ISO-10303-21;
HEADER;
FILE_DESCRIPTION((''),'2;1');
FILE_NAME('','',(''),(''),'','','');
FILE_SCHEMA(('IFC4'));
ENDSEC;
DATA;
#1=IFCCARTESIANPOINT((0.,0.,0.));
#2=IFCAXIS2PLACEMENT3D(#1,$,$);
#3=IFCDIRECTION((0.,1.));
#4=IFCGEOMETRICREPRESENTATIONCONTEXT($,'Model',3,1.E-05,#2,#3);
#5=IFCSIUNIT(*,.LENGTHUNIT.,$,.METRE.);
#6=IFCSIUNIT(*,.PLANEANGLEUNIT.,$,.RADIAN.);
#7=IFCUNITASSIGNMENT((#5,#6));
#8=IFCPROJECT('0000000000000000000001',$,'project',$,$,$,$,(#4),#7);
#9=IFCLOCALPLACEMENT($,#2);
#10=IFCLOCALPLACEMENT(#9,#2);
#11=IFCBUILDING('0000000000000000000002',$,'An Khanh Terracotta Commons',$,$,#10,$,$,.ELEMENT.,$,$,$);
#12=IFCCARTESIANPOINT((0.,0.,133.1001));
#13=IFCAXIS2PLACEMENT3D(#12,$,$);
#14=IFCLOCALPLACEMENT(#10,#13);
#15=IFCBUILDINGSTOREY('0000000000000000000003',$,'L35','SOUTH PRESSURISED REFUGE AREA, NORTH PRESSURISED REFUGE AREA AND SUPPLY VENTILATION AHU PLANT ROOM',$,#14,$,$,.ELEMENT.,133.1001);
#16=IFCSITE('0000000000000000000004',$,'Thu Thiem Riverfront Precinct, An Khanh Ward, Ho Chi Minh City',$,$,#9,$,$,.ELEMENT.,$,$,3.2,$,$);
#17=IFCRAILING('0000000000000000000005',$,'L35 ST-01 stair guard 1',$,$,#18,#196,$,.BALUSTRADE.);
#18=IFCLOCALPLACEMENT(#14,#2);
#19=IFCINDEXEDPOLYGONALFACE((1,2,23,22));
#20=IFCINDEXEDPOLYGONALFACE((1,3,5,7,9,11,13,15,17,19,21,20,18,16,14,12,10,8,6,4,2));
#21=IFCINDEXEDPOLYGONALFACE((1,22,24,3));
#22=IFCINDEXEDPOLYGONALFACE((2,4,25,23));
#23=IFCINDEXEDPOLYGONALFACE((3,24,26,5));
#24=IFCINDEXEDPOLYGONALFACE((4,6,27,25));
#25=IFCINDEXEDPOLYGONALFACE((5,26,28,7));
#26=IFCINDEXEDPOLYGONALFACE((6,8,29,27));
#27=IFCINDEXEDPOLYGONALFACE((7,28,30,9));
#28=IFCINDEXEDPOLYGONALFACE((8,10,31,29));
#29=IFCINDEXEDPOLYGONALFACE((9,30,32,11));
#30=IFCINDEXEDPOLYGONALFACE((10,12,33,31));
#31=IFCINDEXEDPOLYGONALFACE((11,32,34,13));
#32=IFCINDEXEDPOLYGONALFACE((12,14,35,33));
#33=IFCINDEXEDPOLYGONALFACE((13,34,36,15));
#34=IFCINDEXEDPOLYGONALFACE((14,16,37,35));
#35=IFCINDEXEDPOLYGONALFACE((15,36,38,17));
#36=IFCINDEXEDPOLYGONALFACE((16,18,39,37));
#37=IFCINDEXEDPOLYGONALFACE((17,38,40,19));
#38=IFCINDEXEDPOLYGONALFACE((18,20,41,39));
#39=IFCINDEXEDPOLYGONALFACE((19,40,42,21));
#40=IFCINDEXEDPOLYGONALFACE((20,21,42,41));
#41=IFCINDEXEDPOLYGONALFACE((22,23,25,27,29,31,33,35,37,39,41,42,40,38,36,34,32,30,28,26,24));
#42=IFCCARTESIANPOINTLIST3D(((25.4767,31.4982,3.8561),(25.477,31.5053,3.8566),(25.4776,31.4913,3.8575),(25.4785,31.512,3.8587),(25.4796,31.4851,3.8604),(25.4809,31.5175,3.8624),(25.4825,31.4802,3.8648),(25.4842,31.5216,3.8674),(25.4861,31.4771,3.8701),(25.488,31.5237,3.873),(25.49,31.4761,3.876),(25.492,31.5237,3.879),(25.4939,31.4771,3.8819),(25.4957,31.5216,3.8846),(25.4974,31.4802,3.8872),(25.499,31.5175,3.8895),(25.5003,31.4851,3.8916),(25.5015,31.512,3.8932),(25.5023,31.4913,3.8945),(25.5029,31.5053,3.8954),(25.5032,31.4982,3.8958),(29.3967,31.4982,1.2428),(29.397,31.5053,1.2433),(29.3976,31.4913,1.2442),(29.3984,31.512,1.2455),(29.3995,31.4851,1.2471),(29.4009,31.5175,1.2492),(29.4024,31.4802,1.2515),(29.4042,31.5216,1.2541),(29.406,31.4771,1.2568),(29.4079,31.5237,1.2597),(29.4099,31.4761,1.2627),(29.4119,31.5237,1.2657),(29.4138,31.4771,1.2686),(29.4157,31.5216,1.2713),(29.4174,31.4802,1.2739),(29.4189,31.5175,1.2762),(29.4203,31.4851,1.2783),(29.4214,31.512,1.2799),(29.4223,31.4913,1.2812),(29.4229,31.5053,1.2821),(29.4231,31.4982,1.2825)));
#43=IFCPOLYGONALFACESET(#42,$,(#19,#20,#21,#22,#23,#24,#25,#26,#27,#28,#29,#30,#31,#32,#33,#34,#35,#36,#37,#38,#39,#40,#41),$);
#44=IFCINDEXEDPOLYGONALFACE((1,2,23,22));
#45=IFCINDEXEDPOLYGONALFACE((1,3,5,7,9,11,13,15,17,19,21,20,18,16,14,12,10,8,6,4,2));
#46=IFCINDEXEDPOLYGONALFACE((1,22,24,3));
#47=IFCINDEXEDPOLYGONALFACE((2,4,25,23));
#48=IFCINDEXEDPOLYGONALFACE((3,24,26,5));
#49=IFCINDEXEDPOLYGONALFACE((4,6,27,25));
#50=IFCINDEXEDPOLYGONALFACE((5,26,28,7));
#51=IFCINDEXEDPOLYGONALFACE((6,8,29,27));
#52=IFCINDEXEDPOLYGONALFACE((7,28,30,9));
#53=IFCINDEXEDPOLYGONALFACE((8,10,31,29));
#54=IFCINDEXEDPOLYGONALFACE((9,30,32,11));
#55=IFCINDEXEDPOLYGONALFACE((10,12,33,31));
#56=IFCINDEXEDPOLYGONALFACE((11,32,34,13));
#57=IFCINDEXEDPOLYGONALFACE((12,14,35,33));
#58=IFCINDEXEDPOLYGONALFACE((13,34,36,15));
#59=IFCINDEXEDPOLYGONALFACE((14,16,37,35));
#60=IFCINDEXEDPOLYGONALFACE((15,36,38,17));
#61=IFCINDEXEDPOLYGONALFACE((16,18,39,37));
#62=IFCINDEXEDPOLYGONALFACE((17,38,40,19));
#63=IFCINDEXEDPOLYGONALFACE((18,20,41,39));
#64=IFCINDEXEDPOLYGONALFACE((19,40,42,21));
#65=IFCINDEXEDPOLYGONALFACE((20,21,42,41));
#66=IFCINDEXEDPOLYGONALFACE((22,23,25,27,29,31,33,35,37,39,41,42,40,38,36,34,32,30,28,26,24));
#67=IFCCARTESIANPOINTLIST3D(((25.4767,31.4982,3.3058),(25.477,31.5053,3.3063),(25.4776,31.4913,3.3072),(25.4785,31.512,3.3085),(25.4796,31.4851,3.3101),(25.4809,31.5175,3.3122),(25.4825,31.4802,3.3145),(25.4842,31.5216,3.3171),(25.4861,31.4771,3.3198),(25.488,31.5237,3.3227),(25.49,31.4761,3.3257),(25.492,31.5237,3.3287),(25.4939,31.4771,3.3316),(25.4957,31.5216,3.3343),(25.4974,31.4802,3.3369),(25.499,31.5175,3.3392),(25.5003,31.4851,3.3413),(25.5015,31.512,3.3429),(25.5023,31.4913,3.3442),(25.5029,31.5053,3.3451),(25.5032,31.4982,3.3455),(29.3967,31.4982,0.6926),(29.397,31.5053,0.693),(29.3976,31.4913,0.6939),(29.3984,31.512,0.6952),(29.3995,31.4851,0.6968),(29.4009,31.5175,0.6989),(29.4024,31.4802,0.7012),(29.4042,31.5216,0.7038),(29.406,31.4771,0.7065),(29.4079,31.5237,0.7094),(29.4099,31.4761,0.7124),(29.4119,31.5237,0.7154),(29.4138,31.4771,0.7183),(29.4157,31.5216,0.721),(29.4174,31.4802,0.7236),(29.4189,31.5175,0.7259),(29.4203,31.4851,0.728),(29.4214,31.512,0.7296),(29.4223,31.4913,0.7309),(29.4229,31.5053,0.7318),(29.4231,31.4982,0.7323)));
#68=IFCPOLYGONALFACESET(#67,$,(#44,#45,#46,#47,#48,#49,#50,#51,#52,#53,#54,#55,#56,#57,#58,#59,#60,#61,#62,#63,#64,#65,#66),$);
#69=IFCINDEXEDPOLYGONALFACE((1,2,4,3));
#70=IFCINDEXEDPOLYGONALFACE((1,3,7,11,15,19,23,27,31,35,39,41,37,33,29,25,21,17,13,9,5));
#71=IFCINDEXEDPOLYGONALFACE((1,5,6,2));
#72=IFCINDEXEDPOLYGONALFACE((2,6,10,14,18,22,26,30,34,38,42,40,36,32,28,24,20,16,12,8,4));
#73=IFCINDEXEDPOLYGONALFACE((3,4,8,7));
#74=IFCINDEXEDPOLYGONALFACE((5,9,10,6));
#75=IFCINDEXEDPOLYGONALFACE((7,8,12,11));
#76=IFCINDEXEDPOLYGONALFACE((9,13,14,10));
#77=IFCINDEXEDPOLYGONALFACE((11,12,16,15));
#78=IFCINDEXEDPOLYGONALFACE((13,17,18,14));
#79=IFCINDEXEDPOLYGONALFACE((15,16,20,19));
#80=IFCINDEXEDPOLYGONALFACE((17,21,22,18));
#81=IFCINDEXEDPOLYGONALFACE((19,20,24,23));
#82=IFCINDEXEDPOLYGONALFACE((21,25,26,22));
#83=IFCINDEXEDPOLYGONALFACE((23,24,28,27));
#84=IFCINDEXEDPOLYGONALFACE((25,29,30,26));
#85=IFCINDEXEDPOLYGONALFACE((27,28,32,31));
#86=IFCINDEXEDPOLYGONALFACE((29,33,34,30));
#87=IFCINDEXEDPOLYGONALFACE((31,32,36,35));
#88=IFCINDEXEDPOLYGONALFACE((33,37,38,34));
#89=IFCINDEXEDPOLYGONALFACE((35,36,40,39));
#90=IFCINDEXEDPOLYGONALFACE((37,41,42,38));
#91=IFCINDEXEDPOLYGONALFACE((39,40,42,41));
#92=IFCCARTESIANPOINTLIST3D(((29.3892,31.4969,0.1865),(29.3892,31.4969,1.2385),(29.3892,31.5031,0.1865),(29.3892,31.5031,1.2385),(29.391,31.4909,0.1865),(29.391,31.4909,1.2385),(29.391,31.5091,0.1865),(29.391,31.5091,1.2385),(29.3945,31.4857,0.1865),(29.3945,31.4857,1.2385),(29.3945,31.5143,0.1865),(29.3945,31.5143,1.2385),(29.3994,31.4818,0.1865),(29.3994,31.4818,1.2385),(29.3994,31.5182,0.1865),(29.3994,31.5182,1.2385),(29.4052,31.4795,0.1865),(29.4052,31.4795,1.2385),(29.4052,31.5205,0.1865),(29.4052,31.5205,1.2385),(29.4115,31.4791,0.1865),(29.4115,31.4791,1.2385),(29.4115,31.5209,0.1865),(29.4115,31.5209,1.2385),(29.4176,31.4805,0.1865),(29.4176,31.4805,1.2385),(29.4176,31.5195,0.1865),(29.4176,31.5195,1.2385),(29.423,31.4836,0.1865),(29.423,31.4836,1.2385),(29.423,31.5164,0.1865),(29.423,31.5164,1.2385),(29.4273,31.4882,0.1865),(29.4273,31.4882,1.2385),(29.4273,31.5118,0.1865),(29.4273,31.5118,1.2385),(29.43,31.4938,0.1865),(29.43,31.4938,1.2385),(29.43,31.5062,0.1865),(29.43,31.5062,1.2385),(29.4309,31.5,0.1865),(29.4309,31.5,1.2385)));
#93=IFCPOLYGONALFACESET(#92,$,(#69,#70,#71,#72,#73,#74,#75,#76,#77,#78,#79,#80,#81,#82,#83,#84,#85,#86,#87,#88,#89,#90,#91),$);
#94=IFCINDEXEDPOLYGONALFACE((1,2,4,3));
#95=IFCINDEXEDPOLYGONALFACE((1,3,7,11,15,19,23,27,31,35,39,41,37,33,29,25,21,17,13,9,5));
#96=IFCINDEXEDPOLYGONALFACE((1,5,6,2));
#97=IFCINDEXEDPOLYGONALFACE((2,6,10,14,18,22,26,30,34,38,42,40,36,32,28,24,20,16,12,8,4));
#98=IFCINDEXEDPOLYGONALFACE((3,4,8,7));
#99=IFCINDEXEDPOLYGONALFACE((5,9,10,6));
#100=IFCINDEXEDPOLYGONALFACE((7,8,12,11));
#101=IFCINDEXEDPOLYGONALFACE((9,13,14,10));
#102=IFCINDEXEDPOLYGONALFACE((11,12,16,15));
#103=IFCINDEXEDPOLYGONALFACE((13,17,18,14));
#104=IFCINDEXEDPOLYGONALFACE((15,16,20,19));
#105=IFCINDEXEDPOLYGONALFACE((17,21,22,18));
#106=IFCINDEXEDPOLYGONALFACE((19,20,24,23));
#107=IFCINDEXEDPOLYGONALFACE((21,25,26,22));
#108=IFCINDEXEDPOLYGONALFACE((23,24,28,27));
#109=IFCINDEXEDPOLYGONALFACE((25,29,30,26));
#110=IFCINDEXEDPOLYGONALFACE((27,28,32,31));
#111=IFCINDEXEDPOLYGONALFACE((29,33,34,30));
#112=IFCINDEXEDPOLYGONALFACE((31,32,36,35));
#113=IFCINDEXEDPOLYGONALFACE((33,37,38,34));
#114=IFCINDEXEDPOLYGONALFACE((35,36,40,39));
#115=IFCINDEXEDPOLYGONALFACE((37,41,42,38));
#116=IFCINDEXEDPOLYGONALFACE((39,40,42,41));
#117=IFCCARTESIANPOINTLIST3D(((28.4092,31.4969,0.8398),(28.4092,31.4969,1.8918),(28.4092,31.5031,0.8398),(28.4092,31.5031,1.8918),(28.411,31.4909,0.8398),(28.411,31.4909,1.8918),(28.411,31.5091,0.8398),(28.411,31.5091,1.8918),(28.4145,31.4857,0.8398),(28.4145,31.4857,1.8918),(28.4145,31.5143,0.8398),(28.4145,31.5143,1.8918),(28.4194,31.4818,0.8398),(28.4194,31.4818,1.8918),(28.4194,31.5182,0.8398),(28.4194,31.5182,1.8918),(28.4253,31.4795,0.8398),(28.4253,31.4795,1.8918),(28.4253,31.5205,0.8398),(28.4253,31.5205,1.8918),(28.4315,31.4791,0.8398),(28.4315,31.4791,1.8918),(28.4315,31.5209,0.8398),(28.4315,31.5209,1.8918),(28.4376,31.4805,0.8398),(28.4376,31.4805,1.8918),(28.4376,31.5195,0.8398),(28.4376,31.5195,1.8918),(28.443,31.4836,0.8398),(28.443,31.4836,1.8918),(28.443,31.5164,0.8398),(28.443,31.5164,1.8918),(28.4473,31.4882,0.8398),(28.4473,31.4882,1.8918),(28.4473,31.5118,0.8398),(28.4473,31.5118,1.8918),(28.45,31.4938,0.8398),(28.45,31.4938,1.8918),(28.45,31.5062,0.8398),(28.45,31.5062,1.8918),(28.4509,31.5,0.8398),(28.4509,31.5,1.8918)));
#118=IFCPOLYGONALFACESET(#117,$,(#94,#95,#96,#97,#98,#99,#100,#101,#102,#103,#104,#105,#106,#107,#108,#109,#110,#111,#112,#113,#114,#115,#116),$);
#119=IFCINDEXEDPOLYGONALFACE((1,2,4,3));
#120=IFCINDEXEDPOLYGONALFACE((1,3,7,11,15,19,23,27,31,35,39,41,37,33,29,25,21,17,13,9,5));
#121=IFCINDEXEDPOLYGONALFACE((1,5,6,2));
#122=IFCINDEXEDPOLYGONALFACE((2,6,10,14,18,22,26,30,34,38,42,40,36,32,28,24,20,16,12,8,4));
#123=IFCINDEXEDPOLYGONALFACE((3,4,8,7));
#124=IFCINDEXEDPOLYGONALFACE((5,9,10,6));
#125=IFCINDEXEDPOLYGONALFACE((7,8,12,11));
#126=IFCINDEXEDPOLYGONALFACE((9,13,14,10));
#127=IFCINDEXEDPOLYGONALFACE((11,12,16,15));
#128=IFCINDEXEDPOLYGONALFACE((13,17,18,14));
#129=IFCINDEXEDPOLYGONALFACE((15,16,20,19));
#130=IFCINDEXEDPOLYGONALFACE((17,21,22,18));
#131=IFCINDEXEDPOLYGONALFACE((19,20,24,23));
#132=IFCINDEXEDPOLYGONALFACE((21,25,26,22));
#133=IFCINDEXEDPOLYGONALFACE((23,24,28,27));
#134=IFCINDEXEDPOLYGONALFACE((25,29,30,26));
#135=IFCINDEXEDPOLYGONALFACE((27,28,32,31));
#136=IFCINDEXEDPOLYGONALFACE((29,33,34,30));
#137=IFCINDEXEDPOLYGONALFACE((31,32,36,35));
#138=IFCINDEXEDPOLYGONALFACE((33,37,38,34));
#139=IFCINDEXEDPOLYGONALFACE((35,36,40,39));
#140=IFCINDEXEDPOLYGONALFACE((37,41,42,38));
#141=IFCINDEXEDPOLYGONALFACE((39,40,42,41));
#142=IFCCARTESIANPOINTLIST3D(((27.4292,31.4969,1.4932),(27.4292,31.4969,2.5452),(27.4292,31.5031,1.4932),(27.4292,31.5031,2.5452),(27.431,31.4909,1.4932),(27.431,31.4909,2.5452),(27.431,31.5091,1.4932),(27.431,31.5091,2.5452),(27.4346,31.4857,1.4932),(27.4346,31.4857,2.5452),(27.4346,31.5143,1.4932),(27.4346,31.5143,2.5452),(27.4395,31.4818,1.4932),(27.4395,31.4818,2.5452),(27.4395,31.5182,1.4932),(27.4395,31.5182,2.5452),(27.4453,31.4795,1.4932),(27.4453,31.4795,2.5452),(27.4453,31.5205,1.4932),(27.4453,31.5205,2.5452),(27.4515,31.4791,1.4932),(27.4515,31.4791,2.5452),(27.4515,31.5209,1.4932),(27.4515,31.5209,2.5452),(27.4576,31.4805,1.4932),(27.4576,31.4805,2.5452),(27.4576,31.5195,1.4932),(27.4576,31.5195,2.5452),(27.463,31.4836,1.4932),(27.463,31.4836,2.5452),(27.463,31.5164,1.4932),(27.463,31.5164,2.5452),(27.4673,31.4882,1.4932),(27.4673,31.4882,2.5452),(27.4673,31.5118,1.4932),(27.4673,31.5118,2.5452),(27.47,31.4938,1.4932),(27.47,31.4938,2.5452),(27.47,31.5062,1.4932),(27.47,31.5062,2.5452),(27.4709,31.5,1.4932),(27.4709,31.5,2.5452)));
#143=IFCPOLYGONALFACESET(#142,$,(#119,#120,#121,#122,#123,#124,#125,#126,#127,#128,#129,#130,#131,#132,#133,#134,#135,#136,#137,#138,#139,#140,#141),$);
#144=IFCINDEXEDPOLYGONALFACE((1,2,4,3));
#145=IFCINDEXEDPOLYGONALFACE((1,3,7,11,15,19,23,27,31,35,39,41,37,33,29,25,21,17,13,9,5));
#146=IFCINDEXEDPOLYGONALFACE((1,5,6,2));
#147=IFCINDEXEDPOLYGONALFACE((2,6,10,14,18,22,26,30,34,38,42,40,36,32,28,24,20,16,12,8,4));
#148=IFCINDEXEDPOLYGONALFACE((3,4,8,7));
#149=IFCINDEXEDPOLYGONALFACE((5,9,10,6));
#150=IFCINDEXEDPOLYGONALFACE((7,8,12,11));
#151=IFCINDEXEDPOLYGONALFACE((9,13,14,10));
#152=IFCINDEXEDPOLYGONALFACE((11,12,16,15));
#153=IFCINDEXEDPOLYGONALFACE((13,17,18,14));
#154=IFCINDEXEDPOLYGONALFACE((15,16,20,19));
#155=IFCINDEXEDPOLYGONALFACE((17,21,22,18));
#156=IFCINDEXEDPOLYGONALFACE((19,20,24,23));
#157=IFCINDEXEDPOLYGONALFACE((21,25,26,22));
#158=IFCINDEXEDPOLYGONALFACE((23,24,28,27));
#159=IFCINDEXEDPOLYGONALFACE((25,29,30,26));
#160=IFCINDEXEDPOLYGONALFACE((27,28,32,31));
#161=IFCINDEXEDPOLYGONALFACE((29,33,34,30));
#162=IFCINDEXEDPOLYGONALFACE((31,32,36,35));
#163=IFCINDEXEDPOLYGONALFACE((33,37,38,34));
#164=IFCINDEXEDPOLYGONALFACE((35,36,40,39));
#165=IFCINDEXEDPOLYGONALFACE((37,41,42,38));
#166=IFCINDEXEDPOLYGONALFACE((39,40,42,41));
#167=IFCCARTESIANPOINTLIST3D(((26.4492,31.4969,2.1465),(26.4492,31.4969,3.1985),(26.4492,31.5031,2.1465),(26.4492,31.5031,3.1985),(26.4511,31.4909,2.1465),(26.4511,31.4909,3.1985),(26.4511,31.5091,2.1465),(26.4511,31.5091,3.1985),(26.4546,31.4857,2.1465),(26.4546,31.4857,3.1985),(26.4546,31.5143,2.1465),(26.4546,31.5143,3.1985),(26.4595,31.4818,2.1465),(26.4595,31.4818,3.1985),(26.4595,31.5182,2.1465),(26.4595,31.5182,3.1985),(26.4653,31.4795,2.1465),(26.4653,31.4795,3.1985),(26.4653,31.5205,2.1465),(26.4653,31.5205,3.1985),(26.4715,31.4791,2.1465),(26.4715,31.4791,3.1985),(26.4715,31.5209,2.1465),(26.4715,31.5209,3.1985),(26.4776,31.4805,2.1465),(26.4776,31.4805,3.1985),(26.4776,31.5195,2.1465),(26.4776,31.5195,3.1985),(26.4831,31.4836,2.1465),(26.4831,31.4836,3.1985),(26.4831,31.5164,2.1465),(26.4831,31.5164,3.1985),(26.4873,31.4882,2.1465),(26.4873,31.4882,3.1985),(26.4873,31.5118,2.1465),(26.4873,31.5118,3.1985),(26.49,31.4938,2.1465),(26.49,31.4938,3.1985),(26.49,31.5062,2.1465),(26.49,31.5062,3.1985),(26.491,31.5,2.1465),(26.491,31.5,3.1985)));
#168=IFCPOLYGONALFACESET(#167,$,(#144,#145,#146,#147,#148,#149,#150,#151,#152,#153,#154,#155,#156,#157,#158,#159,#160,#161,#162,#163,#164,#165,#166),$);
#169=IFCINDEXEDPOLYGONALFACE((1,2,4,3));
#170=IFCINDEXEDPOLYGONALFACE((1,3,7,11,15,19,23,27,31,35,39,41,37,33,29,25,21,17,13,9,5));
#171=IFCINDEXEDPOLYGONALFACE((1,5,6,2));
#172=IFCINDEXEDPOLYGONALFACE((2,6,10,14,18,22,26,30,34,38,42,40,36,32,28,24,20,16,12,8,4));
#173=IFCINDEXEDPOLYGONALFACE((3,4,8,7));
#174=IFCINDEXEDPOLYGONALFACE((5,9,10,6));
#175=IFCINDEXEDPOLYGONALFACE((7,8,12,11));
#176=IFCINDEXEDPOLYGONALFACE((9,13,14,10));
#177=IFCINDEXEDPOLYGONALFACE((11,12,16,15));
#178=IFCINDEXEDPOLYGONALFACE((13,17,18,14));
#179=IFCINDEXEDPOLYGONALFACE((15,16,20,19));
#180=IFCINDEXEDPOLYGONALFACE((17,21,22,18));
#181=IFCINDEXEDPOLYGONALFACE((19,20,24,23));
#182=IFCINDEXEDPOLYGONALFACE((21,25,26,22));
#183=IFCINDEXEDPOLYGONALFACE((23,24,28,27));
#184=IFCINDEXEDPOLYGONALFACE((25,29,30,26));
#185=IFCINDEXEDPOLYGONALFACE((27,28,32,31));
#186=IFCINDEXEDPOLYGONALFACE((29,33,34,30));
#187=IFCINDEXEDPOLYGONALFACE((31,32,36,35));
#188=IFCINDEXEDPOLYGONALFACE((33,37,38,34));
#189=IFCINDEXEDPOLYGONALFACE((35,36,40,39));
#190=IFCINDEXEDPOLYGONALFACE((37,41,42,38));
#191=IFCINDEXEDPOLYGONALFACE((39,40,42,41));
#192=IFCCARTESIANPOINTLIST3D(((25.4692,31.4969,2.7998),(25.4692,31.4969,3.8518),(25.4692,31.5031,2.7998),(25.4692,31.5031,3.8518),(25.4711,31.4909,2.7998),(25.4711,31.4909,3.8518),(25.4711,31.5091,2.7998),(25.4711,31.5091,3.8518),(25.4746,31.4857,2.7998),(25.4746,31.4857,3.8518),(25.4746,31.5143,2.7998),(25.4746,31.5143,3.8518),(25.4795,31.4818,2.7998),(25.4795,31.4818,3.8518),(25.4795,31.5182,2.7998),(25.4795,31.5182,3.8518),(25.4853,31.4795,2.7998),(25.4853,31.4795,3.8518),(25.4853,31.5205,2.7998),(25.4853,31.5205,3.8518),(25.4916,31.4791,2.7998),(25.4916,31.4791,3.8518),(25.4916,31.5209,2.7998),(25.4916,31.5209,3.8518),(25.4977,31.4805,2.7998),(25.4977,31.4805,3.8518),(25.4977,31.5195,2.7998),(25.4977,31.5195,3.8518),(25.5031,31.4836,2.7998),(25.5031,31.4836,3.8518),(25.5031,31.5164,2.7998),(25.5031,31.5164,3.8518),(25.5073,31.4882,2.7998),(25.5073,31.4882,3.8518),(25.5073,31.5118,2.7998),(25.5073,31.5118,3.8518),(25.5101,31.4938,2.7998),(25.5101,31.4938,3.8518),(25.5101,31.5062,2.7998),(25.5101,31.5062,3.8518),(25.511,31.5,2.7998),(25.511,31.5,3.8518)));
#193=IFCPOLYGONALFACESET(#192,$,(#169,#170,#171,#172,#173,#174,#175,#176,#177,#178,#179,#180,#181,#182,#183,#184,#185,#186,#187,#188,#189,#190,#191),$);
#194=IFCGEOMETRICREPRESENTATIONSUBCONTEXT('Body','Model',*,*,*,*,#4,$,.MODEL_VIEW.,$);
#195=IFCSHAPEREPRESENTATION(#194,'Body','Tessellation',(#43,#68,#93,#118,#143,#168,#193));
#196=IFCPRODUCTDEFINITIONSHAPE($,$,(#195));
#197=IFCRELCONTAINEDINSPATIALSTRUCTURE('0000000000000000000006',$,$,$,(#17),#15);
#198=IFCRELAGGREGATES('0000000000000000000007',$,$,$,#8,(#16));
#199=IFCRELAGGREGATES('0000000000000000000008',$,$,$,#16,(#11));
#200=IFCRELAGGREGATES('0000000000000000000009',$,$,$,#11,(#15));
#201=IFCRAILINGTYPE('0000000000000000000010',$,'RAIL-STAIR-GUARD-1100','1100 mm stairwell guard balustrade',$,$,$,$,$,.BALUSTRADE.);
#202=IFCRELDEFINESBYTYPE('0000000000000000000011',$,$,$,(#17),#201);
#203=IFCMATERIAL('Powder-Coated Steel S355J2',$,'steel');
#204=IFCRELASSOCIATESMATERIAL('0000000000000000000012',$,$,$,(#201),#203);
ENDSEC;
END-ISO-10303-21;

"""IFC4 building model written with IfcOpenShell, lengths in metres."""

from ifc_helpers import new_model, si_unit, direction, frame, origin, origin_2d, place, context, subcontext, project, spatial, circle, extrude, material, type_object, element, save


model = new_model("IFC4")

# Units and contexts
model_context = context("Model", 3, precision=1e-05, world=origin(), true_north=direction((0.0, 1.0)))
body_context = subcontext(model_context, "Body", "Model", "MODEL_VIEW")
ifc_project = project(units=[si_unit("LENGTHUNIT", "METRE"), si_unit("PLANEANGLEUNIT", "RADIAN")], contexts=[model_context])

# Site, building, storey
site_placement = place(None, origin())
site = spatial("IfcSite", under=ifc_project, at=site_placement, Name="Thu Thiem Riverfront Precinct, An Khanh Ward, Ho Chi Minh City", CompositionType="ELEMENT", RefElevation=3.2)
building_placement = place(site_placement, origin())
building = spatial("IfcBuilding", under=site, at=building_placement, Name="An Khanh Terracotta Commons", CompositionType="ELEMENT")
storey_placement = place(building_placement, frame((0.0, 0.0, 133.1001)))
storey = spatial("IfcBuildingStorey", under=building, at=storey_placement, Name="L35", Description="SOUTH PRESSURISED REFUGE AREA, NORTH PRESSURISED REFUGE AREA AND SUPPLY VENTILATION AHU PLANT ROOM", CompositionType="ELEMENT", Elevation=133.1001)

# Railing
ifc_material_1 = material(Name="Powder-Coated Steel S355J2", Category="steel")
railing_type_1 = type_object("IfcRailingType", Name="RAIL-STAIR-GUARD-1100", Description="1100 mm stairwell guard balustrade", PredefinedType="BALUSTRADE", material=ifc_material_1)
railing_1_placement = place(storey_placement, frame((29.4099, 31.5, 0.1865)))
element("IfcRailing", 1, at=railing_1_placement, inside=storey, type_object=railing_type_1, Name="L35 ST-01 stair guard 1", PredefinedType="BALUSTRADE", context=body_context, shape_type="SweptSolid", body=[
    extrude(circle(Radius=0.0239, at=origin_2d()), frame((0.0, 0.0, 1.0762), z_axis=(-0.83205, 0.0, 0.5547), x_axis=(0.0, -1.0, 0.0)), (0.0, 0.0, 1.0), 4.7112),
    extrude(circle(Radius=0.0239, at=origin_2d()), frame((0.0, 0.0, 0.5259), z_axis=(-0.83205, 0.0, 0.5547), x_axis=(0.0, -1.0, 0.0)), (0.0, 0.0, 1.0), 4.7112),
    extrude(circle(Radius=0.021, at=origin_2d()), origin(), (0.0, 0.0, 1.0), 1.052),
    extrude(circle(Radius=0.021, at=origin_2d()), frame((-0.98, 0.0, 0.6533)), (0.0, 0.0, 1.0), 1.052),
    extrude(circle(Radius=0.021, at=origin_2d()), frame((-1.96, 0.0, 1.3066)), (0.0, 0.0, 1.0), 1.052),
    extrude(circle(Radius=0.021, at=origin_2d()), frame((-2.9399, 0.0, 1.96)), (0.0, 0.0, 1.0), 1.052),
    extrude(circle(Radius=0.021, at=origin_2d()), frame((-3.9199, 0.0, 2.6133)), (0.0, 0.0, 1.0), 1.052),
])

save(model, "model.ifc")
